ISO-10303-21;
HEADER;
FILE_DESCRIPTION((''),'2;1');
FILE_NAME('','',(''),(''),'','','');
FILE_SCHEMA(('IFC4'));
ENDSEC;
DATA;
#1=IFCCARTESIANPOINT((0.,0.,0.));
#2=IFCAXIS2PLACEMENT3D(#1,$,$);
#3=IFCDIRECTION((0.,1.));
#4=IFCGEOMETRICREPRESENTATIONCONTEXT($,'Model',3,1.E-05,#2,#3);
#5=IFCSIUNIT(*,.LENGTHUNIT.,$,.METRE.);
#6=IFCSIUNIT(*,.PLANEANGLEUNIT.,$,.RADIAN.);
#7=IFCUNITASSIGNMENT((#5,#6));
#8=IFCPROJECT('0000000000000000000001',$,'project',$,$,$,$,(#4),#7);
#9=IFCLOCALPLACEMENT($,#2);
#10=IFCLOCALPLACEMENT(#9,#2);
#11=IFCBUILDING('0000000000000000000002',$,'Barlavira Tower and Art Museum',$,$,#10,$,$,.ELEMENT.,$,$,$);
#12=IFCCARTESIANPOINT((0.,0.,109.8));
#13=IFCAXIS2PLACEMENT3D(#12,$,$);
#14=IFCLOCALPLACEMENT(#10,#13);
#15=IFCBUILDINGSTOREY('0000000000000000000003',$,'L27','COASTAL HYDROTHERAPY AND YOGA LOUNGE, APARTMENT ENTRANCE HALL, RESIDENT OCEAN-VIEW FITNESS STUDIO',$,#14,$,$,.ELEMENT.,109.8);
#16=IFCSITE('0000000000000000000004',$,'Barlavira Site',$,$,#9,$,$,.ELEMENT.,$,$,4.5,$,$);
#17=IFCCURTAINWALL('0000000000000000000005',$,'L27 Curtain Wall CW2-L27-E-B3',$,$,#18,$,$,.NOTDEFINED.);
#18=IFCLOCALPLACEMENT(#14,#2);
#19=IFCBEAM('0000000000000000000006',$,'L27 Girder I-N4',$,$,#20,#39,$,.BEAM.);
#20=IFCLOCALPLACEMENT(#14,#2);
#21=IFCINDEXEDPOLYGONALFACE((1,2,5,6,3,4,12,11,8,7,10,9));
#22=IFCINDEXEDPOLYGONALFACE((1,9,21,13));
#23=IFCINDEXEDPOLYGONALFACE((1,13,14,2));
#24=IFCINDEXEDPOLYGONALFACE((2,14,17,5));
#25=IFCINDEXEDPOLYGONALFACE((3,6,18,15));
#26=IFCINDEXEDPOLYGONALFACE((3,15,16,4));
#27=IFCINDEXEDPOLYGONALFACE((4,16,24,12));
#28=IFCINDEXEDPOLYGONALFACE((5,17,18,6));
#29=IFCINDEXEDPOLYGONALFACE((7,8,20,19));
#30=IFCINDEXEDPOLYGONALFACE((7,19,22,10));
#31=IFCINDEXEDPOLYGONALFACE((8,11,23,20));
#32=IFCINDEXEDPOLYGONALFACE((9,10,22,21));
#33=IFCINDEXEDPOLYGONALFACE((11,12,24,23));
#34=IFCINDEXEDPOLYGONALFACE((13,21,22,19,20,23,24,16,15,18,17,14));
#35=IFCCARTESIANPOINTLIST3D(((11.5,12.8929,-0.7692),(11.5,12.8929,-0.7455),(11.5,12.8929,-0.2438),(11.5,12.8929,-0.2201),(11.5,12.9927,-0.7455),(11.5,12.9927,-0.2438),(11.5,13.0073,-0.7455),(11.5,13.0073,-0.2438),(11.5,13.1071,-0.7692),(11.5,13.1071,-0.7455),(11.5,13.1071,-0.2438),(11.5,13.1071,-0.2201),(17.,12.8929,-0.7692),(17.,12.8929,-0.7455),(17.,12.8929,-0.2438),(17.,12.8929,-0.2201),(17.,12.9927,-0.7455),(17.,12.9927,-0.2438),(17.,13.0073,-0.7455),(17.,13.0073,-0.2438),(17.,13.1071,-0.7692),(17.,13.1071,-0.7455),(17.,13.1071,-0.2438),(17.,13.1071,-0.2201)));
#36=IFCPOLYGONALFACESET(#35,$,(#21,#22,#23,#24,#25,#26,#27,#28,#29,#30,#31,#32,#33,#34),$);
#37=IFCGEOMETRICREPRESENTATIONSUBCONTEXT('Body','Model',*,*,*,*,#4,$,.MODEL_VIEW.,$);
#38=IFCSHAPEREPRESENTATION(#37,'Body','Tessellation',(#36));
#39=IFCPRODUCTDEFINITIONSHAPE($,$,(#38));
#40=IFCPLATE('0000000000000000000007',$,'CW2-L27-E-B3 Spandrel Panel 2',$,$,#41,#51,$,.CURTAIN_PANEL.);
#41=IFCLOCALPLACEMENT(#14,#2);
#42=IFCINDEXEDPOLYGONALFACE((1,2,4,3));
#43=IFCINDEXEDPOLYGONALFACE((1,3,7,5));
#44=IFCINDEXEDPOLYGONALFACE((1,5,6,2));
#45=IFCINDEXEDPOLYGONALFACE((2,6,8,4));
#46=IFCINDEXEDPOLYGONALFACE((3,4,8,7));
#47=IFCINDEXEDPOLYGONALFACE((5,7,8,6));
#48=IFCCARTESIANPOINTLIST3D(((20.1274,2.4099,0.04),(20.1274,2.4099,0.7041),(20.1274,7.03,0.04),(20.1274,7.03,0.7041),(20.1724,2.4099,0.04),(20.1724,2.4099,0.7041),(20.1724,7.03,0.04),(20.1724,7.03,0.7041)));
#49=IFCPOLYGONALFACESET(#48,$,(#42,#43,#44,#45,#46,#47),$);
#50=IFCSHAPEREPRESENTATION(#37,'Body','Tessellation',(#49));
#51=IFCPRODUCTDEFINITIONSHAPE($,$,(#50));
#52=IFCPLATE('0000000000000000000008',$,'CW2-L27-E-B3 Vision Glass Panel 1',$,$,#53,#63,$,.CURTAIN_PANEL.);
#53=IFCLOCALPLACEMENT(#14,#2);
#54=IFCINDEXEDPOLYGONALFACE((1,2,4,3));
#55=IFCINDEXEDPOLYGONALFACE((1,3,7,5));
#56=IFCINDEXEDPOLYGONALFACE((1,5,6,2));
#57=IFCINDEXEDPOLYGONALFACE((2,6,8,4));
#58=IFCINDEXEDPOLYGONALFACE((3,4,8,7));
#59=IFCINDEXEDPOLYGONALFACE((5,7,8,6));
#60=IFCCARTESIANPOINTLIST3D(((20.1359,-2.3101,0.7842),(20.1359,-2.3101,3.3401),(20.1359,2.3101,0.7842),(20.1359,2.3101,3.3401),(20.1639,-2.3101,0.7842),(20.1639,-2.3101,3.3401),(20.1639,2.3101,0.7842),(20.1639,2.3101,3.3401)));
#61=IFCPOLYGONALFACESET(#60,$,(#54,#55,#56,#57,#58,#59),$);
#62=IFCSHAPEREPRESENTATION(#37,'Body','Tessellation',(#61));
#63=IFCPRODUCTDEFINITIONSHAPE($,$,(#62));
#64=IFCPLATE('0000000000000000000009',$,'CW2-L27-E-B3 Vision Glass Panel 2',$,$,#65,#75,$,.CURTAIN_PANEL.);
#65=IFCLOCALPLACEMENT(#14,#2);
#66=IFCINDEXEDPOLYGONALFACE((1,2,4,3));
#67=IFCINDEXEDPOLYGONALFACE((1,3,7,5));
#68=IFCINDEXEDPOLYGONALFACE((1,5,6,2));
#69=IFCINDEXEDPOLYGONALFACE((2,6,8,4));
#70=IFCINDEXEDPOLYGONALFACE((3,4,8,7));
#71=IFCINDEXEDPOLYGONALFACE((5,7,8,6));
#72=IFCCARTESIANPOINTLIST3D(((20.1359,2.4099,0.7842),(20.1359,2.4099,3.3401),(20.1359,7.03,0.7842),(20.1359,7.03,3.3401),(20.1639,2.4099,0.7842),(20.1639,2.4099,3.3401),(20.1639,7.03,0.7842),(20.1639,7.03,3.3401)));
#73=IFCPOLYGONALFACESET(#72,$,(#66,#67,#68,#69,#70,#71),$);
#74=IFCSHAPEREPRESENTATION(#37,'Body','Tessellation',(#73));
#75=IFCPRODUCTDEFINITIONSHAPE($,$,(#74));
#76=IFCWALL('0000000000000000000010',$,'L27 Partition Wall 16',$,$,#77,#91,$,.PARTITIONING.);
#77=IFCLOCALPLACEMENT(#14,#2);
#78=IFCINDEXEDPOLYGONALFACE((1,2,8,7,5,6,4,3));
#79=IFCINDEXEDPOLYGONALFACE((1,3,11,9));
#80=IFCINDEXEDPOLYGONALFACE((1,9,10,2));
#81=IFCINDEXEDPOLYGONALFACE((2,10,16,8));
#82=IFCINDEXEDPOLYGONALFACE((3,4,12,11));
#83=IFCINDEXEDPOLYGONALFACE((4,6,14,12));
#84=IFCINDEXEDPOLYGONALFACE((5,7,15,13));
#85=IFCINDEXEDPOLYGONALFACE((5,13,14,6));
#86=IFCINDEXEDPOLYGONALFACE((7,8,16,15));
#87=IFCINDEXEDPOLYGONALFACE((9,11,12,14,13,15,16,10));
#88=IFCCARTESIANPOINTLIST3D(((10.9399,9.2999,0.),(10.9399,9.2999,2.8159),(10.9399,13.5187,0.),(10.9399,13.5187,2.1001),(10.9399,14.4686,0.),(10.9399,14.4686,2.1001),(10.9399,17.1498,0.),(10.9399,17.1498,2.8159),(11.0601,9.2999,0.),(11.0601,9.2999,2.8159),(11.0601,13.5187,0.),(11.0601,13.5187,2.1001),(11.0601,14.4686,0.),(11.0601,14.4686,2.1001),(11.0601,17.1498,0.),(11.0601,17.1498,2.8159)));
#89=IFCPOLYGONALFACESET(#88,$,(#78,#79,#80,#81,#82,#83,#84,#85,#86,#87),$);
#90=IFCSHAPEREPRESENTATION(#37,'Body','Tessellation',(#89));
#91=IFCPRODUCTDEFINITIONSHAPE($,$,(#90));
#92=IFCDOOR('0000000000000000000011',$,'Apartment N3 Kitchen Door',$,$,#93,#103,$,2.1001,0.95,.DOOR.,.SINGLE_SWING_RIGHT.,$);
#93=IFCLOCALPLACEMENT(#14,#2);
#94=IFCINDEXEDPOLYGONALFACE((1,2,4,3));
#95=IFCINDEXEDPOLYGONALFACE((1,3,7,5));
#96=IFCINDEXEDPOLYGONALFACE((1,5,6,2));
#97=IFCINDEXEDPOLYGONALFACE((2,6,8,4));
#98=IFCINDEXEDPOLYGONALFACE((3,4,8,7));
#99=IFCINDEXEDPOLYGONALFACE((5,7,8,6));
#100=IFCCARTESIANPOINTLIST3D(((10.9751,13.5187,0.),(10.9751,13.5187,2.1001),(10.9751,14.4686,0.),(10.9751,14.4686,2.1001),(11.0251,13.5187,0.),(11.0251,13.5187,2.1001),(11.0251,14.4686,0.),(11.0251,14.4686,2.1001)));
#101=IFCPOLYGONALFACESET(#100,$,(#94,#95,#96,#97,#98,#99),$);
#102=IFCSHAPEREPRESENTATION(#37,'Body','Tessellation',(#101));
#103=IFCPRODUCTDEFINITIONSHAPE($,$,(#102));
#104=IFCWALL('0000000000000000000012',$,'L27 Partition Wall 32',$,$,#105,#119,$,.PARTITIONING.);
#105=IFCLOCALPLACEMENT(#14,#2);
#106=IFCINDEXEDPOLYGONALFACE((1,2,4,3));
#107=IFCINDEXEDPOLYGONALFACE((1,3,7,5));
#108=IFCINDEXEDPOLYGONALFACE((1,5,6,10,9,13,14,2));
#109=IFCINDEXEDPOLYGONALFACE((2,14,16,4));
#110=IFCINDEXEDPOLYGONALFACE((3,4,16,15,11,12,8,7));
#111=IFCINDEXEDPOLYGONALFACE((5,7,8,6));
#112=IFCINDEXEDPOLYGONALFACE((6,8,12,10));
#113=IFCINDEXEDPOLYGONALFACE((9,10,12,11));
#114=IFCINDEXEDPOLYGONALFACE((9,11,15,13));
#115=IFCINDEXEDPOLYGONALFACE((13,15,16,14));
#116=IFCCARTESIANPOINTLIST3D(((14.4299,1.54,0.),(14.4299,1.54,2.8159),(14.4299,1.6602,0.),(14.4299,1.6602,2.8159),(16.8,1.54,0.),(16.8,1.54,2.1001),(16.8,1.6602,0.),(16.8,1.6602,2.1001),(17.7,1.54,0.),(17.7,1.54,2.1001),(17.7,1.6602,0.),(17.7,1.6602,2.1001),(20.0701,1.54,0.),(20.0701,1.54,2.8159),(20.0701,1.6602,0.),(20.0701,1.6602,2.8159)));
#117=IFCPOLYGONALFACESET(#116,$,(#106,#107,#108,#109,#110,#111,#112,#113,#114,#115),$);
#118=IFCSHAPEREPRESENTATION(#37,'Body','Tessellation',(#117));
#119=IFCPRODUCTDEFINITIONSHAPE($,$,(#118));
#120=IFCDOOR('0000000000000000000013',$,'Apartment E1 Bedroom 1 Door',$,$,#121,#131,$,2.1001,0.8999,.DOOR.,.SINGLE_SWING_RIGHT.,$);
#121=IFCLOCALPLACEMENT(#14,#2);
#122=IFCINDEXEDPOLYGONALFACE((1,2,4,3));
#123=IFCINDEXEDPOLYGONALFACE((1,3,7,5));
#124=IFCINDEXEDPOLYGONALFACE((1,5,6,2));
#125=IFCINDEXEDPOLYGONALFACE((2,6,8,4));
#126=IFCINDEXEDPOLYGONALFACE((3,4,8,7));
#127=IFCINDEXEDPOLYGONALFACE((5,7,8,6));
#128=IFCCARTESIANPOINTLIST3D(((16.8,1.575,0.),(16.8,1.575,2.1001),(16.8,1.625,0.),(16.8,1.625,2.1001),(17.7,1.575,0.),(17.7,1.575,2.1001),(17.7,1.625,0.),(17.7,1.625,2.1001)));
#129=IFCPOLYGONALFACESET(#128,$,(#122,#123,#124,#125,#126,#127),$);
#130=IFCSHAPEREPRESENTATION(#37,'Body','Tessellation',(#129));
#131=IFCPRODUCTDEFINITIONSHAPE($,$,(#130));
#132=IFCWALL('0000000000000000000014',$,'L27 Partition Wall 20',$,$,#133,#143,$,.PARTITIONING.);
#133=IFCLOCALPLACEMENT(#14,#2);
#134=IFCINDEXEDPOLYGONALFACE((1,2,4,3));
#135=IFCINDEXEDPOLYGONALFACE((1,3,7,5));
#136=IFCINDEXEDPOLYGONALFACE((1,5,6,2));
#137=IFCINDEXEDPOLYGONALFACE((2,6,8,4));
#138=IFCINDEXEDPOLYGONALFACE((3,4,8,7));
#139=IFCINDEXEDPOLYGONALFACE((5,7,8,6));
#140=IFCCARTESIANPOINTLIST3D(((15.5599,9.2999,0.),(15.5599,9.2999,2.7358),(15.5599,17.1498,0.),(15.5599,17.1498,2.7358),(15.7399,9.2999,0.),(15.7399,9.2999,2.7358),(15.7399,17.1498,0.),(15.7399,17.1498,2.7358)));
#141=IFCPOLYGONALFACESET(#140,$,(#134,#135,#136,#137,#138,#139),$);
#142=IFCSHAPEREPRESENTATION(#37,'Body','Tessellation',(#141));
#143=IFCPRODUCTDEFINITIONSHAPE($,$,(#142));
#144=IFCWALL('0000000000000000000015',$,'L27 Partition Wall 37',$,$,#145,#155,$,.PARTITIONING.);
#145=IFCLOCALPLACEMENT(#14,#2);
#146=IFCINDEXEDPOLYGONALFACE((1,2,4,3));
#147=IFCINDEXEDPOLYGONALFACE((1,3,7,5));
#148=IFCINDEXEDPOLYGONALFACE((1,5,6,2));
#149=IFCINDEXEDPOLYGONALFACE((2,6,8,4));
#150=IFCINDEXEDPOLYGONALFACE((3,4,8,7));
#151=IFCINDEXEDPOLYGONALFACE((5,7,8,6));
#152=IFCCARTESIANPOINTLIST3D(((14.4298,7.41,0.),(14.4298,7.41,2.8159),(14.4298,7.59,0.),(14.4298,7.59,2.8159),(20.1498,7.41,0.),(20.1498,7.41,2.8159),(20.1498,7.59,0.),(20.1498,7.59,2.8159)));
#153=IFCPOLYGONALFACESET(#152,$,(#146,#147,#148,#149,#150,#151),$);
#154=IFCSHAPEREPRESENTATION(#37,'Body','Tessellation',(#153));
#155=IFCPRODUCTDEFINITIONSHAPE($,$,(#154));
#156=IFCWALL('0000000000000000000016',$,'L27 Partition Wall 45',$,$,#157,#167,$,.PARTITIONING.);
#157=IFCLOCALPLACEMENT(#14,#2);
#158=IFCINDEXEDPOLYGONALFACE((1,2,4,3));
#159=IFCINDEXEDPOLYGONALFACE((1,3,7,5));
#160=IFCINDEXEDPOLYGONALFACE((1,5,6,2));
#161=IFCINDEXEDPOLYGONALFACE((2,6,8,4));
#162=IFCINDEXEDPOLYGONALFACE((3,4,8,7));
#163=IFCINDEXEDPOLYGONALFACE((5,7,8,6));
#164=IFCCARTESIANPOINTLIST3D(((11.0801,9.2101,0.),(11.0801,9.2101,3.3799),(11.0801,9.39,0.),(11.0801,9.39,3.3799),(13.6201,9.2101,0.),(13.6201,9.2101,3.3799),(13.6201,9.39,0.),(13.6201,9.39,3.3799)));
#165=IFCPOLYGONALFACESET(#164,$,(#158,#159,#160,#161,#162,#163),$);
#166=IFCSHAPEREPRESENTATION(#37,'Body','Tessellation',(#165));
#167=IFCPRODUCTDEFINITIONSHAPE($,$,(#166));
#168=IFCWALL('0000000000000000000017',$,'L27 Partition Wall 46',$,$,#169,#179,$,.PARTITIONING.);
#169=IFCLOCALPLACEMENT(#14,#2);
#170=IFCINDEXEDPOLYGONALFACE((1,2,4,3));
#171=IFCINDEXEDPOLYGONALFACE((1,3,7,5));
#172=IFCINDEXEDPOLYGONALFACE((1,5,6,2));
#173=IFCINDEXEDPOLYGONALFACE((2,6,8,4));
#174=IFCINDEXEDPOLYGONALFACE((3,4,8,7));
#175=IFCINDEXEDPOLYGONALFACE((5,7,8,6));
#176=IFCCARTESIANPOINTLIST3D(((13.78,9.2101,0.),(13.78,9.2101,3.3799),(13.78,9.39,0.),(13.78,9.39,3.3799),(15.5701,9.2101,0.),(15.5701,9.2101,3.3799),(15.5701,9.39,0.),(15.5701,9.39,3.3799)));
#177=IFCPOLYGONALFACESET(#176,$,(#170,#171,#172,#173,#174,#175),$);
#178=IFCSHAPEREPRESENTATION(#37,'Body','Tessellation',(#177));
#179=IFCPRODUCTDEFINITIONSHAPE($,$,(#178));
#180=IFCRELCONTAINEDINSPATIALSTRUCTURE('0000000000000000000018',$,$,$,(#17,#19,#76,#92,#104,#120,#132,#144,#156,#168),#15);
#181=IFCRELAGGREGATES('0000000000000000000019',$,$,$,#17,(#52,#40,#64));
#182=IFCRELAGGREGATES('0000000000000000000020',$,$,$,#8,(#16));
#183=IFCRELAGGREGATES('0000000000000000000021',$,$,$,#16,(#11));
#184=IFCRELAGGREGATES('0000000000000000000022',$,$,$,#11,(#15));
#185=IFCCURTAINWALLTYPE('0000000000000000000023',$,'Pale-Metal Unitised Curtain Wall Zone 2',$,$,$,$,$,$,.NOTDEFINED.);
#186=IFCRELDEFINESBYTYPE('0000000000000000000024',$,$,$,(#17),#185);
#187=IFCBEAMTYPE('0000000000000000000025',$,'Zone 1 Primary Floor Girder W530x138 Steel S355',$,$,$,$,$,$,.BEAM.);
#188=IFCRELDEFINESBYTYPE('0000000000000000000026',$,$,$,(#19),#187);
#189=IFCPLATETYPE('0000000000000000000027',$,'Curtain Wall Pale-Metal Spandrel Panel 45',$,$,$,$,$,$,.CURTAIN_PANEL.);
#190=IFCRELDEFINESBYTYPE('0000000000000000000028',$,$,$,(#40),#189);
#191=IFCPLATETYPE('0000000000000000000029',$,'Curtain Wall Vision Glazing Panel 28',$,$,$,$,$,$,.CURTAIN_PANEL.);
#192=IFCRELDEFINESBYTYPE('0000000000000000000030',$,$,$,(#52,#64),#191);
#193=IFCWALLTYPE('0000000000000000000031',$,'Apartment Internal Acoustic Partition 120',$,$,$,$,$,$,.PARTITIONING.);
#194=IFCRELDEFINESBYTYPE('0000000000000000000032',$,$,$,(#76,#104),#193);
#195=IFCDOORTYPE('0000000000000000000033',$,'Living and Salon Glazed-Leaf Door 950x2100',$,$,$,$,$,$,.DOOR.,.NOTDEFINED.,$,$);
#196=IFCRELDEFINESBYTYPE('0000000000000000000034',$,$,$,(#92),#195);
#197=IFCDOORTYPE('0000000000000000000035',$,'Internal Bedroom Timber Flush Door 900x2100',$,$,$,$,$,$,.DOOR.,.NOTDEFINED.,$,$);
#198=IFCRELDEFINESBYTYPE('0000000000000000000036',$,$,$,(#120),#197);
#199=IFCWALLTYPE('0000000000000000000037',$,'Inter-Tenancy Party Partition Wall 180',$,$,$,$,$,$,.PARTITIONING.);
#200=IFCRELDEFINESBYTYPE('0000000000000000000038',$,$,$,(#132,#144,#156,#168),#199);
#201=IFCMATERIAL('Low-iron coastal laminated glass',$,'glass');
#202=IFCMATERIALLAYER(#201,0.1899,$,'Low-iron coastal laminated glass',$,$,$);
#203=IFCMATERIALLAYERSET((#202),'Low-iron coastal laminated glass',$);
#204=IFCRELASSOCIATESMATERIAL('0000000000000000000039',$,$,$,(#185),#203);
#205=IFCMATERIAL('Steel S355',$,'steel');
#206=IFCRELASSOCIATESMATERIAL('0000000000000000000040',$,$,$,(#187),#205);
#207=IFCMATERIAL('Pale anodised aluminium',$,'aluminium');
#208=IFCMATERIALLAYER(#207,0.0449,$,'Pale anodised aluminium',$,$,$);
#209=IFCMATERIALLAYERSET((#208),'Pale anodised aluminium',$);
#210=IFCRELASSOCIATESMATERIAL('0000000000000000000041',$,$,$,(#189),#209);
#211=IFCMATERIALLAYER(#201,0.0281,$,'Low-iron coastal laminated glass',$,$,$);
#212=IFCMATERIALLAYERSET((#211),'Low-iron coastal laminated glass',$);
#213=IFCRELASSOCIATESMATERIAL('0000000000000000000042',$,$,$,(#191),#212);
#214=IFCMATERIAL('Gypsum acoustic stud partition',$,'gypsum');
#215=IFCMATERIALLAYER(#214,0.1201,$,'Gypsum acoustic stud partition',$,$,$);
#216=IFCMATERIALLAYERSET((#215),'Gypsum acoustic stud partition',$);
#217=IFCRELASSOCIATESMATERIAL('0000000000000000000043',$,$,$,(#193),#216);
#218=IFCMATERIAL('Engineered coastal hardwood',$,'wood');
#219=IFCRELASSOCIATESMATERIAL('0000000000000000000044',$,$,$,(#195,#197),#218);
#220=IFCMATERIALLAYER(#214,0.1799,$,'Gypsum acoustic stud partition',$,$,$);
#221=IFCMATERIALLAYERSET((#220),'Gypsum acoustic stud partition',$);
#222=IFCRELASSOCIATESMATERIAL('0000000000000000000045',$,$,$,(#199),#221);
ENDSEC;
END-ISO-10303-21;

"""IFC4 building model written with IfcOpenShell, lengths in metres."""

from ifc_helpers import new_model, si_unit, direction, frame, frame_2d, origin, origin_2d, place, context, subcontext, project, spatial, rectangle, i_section, extrude, material, layer, layer_set, material_profile, profile_set, type_object, element, fill, aggregate, save


model = new_model("IFC4")

# Units and contexts
model_context = context("Model", 3, precision=1e-05, world=origin(), true_north=direction((0.0, 1.0)))
body_context = subcontext(model_context, "Body", "Model", "MODEL_VIEW")
ifc_project = project(units=[si_unit("LENGTHUNIT", "METRE"), si_unit("PLANEANGLEUNIT", "RADIAN")], contexts=[model_context])

# Site, building, storey
site_placement = place(None, origin())
site = spatial("IfcSite", under=ifc_project, at=site_placement, Name="Barlavira Site", CompositionType="ELEMENT", RefElevation=4.5)
building_placement = place(site_placement, origin())
building = spatial("IfcBuilding", under=site, at=building_placement, Name="Barlavira Tower and Art Museum", CompositionType="ELEMENT")
storey_placement = place(building_placement, frame((0.0, 0.0, 109.8)))
storey = spatial("IfcBuildingStorey", under=building, at=storey_placement, Name="L27", Description="COASTAL HYDROTHERAPY AND YOGA LOUNGE, APARTMENT ENTRANCE HALL, RESIDENT OCEAN-VIEW FITNESS STUDIO", CompositionType="ELEMENT", Elevation=109.8)

# Curtain wall
ifc_material_1 = material(Name="Low-iron coastal laminated glass", Category="glass")
ifc_layer_1 = layer(ifc_material_1, 0.1899, Name="Low-iron coastal laminated glass")
ifc_layer_set_1 = layer_set([ifc_layer_1], Name="Low-iron coastal laminated glass")
curtain_wall_type = type_object("IfcCurtainWallType", Name="Pale-Metal Unitised Curtain Wall Zone 2", PredefinedType="NOTDEFINED", material=ifc_layer_set_1)
curtain_wall_placement = place(storey_placement, origin())
curtain_wall = element("IfcCurtainWall", 1, at=curtain_wall_placement, inside=storey, type_object=curtain_wall_type, Name="L27 Curtain Wall CW2-L27-E-B3", PredefinedType="NOTDEFINED")
ifc_material_2 = material(Name="Pale anodised aluminium", Category="aluminium")

# Beam
ifc_material_3 = material(Name="Steel S355", Category="steel")
ifc_material_profile_1 = material_profile(ifc_material_3, i_section(OverallWidth=0.2141, OverallDepth=0.5491, WebThickness=0.0146, FlangeThickness=0.0237, at=origin_2d()), Name="W530x138.0")
ifc_profile_set_1 = profile_set([ifc_material_profile_1], Name="Steel S355")
beam_type_1 = type_object("IfcBeamType", Name="Zone 1 Primary Floor Girder W530x138 Steel S355", PredefinedType="BEAM", material=ifc_profile_set_1)
for number, where, z_axis, x_axis, name in (
    (2, (11.5, 13.0, -0.4946), (1.0, 0.0, 0.0), (0.0, 1.0, 0.0), "L27 Girder I-N4"),
):
    element("IfcBeam", number, at=place(storey_placement, frame(where, z_axis=z_axis, x_axis=x_axis)), inside=storey, type_object=beam_type_1, Name=name, PredefinedType="BEAM", context=body_context, shape_type="SweptSolid", body=[
        extrude(i_section(OverallWidth=0.2141, OverallDepth=0.5491, WebThickness=0.0146, FlangeThickness=0.0237, at=origin_2d()), origin(), (0.0, 0.0, 1.0), 5.5),
    ])

# Plates
ifc_layer_2 = layer(ifc_material_2, 0.0449, Name="Pale anodised aluminium")
ifc_layer_set_2 = layer_set([ifc_layer_2], Name="Pale anodised aluminium")
plate_type_1 = type_object("IfcPlateType", Name="Curtain Wall Pale-Metal Spandrel Panel 45", PredefinedType="CURTAIN_PANEL", material=ifc_layer_set_2)
plate_1_placement = place(storey_placement, frame((20.1499, 4.72, 0.04), z_axis=(0.0, 0.0, 1.0), x_axis=(0.0, 1.0, 0.0)))
plate_1 = element("IfcPlate", 3, at=plate_1_placement, type_object=plate_type_1, Name="CW2-L27-E-B3 Spandrel Panel 2", PredefinedType="CURTAIN_PANEL", context=body_context, shape_type="SweptSolid", body=[
    extrude(rectangle(XDim=4.6201, YDim=0.0449, at=origin_2d()), origin(), (0.0, 0.0, 1.0), 0.6641),
])
ifc_layer_3 = layer(ifc_material_1, 0.0281, Name="Low-iron coastal laminated glass")
ifc_layer_set_3 = layer_set([ifc_layer_3], Name="Low-iron coastal laminated glass")
plate_type_2 = type_object("IfcPlateType", Name="Curtain Wall Vision Glazing Panel 28", PredefinedType="CURTAIN_PANEL", material=ifc_layer_set_3)
plate_2_placement = place(storey_placement, frame((20.1499, 0.0, 0.7842), z_axis=(0.0, 0.0, 1.0), x_axis=(0.0, 1.0, 0.0)))
plate_2 = element("IfcPlate", 4, at=plate_2_placement, type_object=plate_type_2, Name="CW2-L27-E-B3 Vision Glass Panel 1", PredefinedType="CURTAIN_PANEL", context=body_context, shape_type="SweptSolid", body=[
    extrude(rectangle(XDim=4.6201, YDim=0.0281, at=origin_2d()), origin(), (0.0, 0.0, 1.0), 2.5559),
])
plate_3_placement = place(storey_placement, frame((20.1499, 4.72, 0.7842), z_axis=(0.0, 0.0, 1.0), x_axis=(0.0, 1.0, 0.0)))
plate_3 = element("IfcPlate", 5, at=plate_3_placement, type_object=plate_type_2, Name="CW2-L27-E-B3 Vision Glass Panel 2", PredefinedType="CURTAIN_PANEL", context=body_context, shape_type="SweptSolid", body=[
    extrude(rectangle(XDim=4.6201, YDim=0.0281, at=origin_2d()), origin(), (0.0, 0.0, 1.0), 2.5559),
])
aggregate(curtain_wall, [plate_2, plate_1, plate_3])

# Walls, openings, doors
ifc_material_4 = material(Name="Gypsum acoustic stud partition", Category="gypsum")
ifc_layer_4 = layer(ifc_material_4, 0.1201, Name="Gypsum acoustic stud partition")
ifc_layer_set_4 = layer_set([ifc_layer_4], Name="Gypsum acoustic stud partition")
wall_type_1 = type_object("IfcWallType", Name="Apartment Internal Acoustic Partition 120", PredefinedType="PARTITIONING", material=ifc_layer_set_4)
wall_1_placement = place(storey_placement, frame((11.0, 9.3, 0.0), z_axis=(0.0, 0.0, 1.0), x_axis=(0.0, 1.0, 0.0)))
wall_1 = element("IfcWall", 6, at=wall_1_placement, inside=storey, type_object=wall_type_1, Name="L27 Partition Wall 16", PredefinedType="PARTITIONING", context=body_context, shape_type="SweptSolid", body=[
    extrude(rectangle(XDim=7.8499, YDim=0.1201, at=frame_2d((3.9248, 0.0))), origin(), (0.0, 0.0, 1.0), 2.8159),
])
opening_1_placement = place(wall_1_placement, frame((4.2185, 0.0, 0.0)))
opening_1 = element("IfcOpeningElement", 7, at=opening_1_placement, cuts=wall_1, PredefinedType="OPENING", context=body_context, shape_type="SweptSolid", body=[
    extrude(rectangle(XDim=0.95, YDim=2.1001, at=frame_2d((0.4751, 1.05))), frame((0.0, 0.0701, 0.0), z_axis=(0.0, -1.0, 0.0), x_axis=(1.0, 0.0, 0.0)), (0.0, 0.0, 1.0), 0.1401),
])
ifc_material_5 = material(Name="Engineered coastal hardwood", Category="wood")
door_type_1 = type_object("IfcDoorType", Name="Living and Salon Glazed-Leaf Door 950x2100", OperationType="NOTDEFINED", PredefinedType="DOOR", material=ifc_material_5)
door_1_placement = place(opening_1_placement, origin())
door_1 = element("IfcDoor", 8, at=door_1_placement, inside=storey, type_object=door_type_1, Name="Apartment N3 Kitchen Door", OperationType="SINGLE_SWING_RIGHT", OverallHeight=2.1001, OverallWidth=0.95, PredefinedType="DOOR", context=body_context, shape_type="SweptSolid", body=[
    extrude(rectangle(XDim=0.95, YDim=2.1001, at=frame_2d((0.4751, 1.05))), frame((0.0, 0.0249, 0.0), z_axis=(0.0, -1.0, 0.0), x_axis=(1.0, 0.0, 0.0)), (0.0, 0.0, 1.0), 0.05),
])
fill(opening_1, door_1)
wall_2_placement = place(storey_placement, frame((14.4299, 1.6001, 0.0), z_axis=(0.0, 0.0, 1.0), x_axis=(1.0, 0.0, 0.0)))
wall_2 = element("IfcWall", 9, at=wall_2_placement, inside=storey, type_object=wall_type_1, Name="L27 Partition Wall 32", PredefinedType="PARTITIONING", context=body_context, shape_type="SweptSolid", body=[
    extrude(rectangle(XDim=5.6401, YDim=0.1201, at=frame_2d((2.8201, 0.0))), origin(), (0.0, 0.0, 1.0), 2.8159),
])
opening_2_placement = place(wall_2_placement, frame((2.3701, 0.0, 0.0)))
opening_2 = element("IfcOpeningElement", 10, at=opening_2_placement, cuts=wall_2, PredefinedType="OPENING", context=body_context, shape_type="SweptSolid", body=[
    extrude(rectangle(XDim=0.8999, YDim=2.1001, at=frame_2d((0.45, 1.05))), frame((0.0, 0.0701, 0.0), z_axis=(0.0, -1.0, 0.0), x_axis=(1.0, 0.0, 0.0)), (0.0, 0.0, 1.0), 0.1401),
])
door_type_2 = type_object("IfcDoorType", Name="Internal Bedroom Timber Flush Door 900x2100", OperationType="NOTDEFINED", PredefinedType="DOOR", material=ifc_material_5)
door_2_placement = place(opening_2_placement, origin())
door_2 = element("IfcDoor", 11, at=door_2_placement, inside=storey, type_object=door_type_2, Name="Apartment E1 Bedroom 1 Door", OperationType="SINGLE_SWING_RIGHT", OverallHeight=2.1001, OverallWidth=0.8999, PredefinedType="DOOR", context=body_context, shape_type="SweptSolid", body=[
    extrude(rectangle(XDim=0.8999, YDim=2.1001, at=frame_2d((0.45, 1.05))), frame((0.0, 0.0249, 0.0), z_axis=(0.0, -1.0, 0.0), x_axis=(1.0, 0.0, 0.0)), (0.0, 0.0, 1.0), 0.05),
])
fill(opening_2, door_2)

# Walls
ifc_layer_5 = layer(ifc_material_4, 0.1799, Name="Gypsum acoustic stud partition")
ifc_layer_set_5 = layer_set([ifc_layer_5], Name="Gypsum acoustic stud partition")
wall_type_2 = type_object("IfcWallType", Name="Inter-Tenancy Party Partition Wall 180", PredefinedType="PARTITIONING", material=ifc_layer_set_5)
wall_3_placement = place(storey_placement, frame((15.6499, 9.3, 0.0), z_axis=(0.0, 0.0, 1.0), x_axis=(0.0, 1.0, 0.0)))
element("IfcWall", 12, at=wall_3_placement, inside=storey, type_object=wall_type_2, Name="L27 Partition Wall 20", PredefinedType="PARTITIONING", context=body_context, shape_type="SweptSolid", body=[
    extrude(rectangle(XDim=7.8499, YDim=0.1799, at=frame_2d((3.9248, 0.0))), origin(), (0.0, 0.0, 1.0), 2.7358),
])
wall_4_placement = place(storey_placement, frame((14.4299, 7.5, 0.0), z_axis=(0.0, 0.0, 1.0), x_axis=(1.0, 0.0, 0.0)))
element("IfcWall", 13, at=wall_4_placement, inside=storey, type_object=wall_type_2, Name="L27 Partition Wall 37", PredefinedType="PARTITIONING", context=body_context, shape_type="SweptSolid", body=[
    extrude(rectangle(XDim=5.72, YDim=0.1799, at=frame_2d((2.8599, 0.0))), origin(), (0.0, 0.0, 1.0), 2.8159),
])
wall_5_placement = place(storey_placement, frame((11.0801, 9.3, 0.0), z_axis=(0.0, 0.0, 1.0), x_axis=(1.0, 0.0, 0.0)))
element("IfcWall", 14, at=wall_5_placement, inside=storey, type_object=wall_type_2, Name="L27 Partition Wall 45", PredefinedType="PARTITIONING", context=body_context, shape_type="SweptSolid", body=[
    extrude(rectangle(XDim=2.54, YDim=0.1799, at=frame_2d((1.27, 0.0))), origin(), (0.0, 0.0, 1.0), 3.3799),
])
wall_6_placement = place(storey_placement, frame((13.78, 9.3, 0.0), z_axis=(0.0, 0.0, 1.0), x_axis=(1.0, 0.0, 0.0)))
element("IfcWall", 15, at=wall_6_placement, inside=storey, type_object=wall_type_2, Name="L27 Partition Wall 46", PredefinedType="PARTITIONING", context=body_context, shape_type="SweptSolid", body=[
    extrude(rectangle(XDim=1.79, YDim=0.1799, at=frame_2d((0.895, 0.0))), origin(), (0.0, 0.0, 1.0), 3.3799),
])

save(model, "model.ifc")
